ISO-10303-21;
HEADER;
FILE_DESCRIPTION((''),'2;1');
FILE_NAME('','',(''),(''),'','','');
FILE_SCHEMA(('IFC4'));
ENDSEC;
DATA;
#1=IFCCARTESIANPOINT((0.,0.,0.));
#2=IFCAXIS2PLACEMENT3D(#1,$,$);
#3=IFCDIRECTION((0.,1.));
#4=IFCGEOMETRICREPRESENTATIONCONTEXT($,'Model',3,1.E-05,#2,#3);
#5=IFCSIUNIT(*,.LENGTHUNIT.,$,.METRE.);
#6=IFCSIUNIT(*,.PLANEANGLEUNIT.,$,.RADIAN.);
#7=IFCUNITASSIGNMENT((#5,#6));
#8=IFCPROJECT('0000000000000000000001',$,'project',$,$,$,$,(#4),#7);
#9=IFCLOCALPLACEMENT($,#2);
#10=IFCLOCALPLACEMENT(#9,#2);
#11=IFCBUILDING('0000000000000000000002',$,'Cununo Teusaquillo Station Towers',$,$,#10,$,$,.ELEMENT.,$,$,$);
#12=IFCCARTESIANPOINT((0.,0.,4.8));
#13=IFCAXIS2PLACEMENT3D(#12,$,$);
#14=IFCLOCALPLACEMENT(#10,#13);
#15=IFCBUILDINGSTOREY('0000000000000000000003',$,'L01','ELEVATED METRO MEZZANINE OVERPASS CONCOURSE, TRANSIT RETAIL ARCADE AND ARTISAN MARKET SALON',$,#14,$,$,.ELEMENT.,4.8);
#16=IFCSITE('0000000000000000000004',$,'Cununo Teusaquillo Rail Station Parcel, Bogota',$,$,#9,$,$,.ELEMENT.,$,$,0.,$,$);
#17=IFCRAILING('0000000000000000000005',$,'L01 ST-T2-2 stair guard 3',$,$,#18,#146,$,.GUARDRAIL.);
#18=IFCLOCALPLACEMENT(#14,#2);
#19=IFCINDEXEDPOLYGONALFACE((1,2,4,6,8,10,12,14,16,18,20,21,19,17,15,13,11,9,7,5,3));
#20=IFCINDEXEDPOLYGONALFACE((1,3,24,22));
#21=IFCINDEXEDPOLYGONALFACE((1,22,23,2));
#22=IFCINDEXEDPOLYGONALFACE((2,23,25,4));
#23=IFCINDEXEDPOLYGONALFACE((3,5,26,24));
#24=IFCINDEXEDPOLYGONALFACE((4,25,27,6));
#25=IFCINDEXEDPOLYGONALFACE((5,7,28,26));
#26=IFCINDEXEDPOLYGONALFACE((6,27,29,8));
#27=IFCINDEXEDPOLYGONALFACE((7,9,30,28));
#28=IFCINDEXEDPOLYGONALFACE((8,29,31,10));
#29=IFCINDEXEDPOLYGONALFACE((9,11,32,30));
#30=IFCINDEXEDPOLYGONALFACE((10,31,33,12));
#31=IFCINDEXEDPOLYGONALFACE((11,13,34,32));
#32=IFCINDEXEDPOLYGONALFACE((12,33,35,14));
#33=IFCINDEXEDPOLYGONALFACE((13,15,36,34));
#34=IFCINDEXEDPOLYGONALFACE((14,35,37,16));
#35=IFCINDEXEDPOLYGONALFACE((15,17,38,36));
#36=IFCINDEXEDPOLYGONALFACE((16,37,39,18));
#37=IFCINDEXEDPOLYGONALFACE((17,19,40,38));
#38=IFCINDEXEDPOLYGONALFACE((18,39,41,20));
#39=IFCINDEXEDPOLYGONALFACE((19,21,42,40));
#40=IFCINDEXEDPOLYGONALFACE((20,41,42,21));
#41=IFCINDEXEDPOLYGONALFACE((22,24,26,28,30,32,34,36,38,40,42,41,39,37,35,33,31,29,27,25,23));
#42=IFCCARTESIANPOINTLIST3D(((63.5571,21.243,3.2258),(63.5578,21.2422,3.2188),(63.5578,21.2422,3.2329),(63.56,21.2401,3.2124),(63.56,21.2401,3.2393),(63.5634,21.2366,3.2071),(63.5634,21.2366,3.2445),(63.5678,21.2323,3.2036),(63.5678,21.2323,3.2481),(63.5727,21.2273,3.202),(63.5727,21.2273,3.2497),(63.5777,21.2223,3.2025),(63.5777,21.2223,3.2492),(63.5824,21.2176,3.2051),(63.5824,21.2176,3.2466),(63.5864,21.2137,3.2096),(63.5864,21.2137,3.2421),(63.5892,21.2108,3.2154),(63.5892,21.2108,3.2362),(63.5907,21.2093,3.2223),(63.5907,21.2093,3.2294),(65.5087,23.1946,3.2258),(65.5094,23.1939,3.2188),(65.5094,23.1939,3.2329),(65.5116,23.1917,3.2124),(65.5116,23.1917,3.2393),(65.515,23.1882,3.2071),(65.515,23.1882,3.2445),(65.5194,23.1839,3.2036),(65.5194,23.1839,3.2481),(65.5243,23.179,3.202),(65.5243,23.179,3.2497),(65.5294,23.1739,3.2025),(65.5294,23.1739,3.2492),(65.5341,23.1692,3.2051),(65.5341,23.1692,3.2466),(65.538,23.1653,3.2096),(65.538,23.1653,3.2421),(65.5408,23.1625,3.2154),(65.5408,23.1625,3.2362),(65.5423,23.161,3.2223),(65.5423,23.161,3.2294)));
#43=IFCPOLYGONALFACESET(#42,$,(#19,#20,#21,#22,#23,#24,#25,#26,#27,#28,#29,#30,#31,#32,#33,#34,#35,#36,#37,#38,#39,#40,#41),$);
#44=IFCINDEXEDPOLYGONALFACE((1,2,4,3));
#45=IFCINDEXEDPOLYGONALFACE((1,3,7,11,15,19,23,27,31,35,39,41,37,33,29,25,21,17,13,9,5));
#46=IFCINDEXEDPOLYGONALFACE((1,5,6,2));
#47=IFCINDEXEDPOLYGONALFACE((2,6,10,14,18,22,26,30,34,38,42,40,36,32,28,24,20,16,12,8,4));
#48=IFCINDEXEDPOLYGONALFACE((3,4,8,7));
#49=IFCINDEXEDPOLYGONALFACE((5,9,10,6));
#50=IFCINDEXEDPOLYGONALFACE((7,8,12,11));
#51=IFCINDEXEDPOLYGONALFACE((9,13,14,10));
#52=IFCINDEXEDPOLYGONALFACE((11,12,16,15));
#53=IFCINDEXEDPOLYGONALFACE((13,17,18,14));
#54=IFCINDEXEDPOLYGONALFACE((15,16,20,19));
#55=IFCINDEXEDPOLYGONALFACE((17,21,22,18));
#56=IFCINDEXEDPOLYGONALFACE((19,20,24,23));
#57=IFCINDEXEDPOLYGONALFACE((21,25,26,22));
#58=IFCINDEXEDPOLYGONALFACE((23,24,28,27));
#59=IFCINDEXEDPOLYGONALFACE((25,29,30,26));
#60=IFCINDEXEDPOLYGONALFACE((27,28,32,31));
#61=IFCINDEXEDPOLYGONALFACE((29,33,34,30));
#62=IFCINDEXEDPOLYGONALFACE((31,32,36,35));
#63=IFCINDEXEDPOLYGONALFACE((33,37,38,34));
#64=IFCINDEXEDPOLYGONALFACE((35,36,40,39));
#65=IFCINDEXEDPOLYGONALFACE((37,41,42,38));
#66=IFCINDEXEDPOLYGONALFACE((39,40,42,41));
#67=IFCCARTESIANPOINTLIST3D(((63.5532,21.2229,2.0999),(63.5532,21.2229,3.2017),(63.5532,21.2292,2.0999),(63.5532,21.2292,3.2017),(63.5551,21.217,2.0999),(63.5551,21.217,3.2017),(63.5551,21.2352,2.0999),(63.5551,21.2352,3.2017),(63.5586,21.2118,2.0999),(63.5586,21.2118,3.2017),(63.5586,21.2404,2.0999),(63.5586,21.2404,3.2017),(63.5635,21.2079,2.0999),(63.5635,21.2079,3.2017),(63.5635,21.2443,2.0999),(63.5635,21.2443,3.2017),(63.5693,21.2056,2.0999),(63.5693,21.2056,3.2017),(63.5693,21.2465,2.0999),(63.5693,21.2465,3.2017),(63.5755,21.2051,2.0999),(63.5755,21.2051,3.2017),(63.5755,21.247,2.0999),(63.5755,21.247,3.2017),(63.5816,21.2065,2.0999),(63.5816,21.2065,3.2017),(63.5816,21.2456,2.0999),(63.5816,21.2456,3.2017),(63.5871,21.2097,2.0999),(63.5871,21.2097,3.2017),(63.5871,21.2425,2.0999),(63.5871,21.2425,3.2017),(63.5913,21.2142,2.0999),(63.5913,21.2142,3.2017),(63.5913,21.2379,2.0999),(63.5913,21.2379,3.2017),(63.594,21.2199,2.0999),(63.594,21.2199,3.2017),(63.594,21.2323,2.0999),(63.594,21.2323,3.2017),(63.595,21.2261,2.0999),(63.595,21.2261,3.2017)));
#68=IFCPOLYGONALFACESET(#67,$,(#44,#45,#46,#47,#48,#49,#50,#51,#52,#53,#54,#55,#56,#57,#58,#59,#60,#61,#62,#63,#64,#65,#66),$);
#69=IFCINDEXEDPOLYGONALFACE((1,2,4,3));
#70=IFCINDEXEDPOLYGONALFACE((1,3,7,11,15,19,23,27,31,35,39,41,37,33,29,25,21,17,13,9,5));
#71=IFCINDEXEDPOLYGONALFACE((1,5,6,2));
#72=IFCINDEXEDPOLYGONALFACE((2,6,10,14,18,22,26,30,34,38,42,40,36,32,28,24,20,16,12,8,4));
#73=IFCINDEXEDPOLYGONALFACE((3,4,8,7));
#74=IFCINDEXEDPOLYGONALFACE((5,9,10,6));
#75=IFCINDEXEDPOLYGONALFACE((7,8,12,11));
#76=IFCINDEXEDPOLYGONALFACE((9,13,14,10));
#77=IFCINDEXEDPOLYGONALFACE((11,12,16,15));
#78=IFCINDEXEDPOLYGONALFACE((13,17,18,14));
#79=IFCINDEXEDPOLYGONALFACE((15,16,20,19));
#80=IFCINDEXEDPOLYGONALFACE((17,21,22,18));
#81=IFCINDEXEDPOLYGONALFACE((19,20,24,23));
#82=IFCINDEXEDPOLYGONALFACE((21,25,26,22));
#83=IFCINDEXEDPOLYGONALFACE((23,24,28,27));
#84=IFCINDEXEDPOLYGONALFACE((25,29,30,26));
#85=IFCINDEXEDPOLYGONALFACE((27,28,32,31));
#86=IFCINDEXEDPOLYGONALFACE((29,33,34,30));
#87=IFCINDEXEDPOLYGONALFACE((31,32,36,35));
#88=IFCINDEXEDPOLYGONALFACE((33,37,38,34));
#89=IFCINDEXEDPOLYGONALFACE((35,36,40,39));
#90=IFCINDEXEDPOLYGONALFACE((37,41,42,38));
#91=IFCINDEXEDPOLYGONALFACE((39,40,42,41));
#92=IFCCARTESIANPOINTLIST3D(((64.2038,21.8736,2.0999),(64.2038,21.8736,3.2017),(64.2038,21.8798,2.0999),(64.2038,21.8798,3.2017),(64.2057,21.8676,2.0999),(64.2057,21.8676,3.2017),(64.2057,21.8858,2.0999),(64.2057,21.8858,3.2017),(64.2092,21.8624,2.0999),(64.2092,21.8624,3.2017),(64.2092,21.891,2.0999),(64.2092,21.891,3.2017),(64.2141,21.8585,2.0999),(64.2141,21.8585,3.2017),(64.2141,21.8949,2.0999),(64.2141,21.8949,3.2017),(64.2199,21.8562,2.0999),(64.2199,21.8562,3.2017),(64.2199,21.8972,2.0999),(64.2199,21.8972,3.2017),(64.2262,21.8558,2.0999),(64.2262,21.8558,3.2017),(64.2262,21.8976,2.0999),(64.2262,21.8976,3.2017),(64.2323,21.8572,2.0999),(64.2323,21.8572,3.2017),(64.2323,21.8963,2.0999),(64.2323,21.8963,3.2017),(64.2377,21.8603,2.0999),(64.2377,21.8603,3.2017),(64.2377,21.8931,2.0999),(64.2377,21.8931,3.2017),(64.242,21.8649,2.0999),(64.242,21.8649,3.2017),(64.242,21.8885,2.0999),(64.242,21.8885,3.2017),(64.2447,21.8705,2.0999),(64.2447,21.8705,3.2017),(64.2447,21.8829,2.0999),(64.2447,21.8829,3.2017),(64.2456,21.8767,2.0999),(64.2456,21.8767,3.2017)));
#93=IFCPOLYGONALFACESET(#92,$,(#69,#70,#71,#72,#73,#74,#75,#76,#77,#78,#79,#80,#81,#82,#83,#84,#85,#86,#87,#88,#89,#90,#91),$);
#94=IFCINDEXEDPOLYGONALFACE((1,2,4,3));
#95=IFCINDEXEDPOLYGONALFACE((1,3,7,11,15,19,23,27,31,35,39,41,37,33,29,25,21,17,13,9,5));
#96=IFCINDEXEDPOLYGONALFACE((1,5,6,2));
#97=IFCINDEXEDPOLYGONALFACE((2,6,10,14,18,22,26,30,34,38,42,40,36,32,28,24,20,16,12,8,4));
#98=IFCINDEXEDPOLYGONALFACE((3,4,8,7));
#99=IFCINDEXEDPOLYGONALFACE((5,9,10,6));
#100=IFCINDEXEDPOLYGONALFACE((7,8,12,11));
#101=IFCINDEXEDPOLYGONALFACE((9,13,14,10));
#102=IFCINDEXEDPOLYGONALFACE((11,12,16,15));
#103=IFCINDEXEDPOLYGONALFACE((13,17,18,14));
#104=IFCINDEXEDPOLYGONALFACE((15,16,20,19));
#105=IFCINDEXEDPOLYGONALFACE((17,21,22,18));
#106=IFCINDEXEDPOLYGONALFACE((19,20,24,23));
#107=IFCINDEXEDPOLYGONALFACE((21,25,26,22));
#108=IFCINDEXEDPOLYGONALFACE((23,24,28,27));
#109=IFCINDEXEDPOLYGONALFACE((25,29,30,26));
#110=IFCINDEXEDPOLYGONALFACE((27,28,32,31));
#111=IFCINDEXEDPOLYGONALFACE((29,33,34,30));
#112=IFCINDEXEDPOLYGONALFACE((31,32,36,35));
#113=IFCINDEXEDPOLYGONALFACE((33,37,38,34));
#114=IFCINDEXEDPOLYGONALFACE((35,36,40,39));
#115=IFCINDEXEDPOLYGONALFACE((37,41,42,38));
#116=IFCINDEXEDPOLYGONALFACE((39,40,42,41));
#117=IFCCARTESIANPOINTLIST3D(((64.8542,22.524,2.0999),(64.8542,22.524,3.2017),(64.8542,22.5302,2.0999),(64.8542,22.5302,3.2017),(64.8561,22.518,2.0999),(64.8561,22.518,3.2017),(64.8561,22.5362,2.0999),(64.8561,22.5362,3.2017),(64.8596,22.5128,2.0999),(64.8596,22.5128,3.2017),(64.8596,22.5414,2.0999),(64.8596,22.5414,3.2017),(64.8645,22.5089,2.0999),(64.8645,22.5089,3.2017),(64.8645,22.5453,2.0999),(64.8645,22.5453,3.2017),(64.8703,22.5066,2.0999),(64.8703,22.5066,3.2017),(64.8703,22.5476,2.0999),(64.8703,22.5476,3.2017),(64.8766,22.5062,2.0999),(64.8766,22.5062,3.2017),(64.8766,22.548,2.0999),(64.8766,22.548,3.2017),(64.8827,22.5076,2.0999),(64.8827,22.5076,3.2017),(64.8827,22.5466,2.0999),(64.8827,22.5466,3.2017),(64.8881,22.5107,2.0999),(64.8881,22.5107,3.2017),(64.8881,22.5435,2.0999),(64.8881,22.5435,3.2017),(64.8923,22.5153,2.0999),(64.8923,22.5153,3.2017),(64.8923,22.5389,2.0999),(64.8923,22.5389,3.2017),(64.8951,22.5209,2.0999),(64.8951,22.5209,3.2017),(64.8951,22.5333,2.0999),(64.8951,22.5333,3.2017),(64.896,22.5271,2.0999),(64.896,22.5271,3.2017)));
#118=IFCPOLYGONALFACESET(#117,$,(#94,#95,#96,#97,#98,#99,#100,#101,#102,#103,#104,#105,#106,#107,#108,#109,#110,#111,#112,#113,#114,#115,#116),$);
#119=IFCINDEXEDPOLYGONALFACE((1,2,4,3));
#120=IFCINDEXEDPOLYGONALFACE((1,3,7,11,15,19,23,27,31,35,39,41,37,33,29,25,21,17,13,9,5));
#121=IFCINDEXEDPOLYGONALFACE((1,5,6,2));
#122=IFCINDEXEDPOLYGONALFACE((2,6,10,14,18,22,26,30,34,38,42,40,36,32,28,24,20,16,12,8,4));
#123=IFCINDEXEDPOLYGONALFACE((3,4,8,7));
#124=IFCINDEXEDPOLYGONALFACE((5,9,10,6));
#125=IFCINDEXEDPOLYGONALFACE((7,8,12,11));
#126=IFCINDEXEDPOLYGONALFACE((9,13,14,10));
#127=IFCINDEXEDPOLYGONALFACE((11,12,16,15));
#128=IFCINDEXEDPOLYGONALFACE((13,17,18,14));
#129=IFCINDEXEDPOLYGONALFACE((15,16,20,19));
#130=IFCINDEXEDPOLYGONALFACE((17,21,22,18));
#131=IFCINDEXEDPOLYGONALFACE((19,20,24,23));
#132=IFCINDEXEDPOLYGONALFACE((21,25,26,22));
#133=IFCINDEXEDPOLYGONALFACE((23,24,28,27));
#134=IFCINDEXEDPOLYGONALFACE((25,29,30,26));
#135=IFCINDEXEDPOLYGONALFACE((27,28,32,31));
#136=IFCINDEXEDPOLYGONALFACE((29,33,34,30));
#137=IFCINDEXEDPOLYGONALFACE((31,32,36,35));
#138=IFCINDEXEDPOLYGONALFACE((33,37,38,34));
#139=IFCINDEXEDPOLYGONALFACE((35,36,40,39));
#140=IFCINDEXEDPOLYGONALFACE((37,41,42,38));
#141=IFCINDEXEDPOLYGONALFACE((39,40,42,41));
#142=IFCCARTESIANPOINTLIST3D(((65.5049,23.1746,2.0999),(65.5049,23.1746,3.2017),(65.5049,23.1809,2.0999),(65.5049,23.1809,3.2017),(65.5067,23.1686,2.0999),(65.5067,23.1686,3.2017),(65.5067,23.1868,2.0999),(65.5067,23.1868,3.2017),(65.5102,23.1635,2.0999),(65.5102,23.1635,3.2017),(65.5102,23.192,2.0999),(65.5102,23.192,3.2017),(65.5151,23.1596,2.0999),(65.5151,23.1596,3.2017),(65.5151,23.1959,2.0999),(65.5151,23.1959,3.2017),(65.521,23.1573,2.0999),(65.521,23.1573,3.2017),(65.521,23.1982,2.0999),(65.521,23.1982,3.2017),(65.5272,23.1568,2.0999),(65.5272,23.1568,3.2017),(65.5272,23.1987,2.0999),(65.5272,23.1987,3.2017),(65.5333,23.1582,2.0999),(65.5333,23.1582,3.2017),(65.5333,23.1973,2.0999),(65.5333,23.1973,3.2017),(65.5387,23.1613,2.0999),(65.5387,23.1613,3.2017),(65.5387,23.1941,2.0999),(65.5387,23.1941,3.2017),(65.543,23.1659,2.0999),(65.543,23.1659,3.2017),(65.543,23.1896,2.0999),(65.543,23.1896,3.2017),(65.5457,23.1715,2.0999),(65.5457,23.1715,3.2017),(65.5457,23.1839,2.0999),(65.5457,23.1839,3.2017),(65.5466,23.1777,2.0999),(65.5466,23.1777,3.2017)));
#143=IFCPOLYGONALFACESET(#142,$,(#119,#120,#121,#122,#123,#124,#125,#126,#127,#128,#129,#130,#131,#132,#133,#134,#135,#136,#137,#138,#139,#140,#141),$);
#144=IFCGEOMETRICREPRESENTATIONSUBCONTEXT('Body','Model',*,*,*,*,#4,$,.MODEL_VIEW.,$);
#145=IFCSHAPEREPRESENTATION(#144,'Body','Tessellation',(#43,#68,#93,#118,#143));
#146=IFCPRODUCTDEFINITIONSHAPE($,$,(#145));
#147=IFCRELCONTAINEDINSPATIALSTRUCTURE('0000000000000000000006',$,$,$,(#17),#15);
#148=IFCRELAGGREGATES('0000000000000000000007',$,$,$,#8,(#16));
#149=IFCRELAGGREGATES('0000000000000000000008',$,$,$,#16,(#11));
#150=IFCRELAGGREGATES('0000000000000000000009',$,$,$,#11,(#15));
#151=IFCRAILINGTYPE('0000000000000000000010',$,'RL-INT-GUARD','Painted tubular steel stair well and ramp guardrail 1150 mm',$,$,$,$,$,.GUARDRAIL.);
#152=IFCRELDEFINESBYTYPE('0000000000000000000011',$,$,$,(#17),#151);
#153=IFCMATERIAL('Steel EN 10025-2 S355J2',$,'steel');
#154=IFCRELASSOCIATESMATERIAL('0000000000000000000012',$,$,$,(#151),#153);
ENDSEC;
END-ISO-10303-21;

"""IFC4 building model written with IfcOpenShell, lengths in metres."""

from ifc_helpers import new_model, si_unit, direction, frame, origin, origin_2d, place, context, subcontext, project, spatial, circle, extrude, material, type_object, element, save


model = new_model("IFC4")

# Units and contexts
model_context = context("Model", 3, precision=1e-05, world=origin(), true_north=direction((0.0, 1.0)))
body_context = subcontext(model_context, "Body", "Model", "MODEL_VIEW")
ifc_project = project(units=[si_unit("LENGTHUNIT", "METRE"), si_unit("PLANEANGLEUNIT", "RADIAN")], contexts=[model_context])

# Site, building, storey
site_placement = place(None, origin())
site = spatial("IfcSite", under=ifc_project, at=site_placement, Name="Cununo Teusaquillo Rail Station Parcel, Bogota", CompositionType="ELEMENT", RefElevation=0.0)
building_placement = place(site_placement, origin())
building = spatial("IfcBuilding", under=site, at=building_placement, Name="Cununo Teusaquillo Station Towers", CompositionType="ELEMENT")
storey_placement = place(building_placement, frame((0.0, 0.0, 4.8)))
storey = spatial("IfcBuildingStorey", under=building, at=storey_placement, Name="L01", Description="ELEVATED METRO MEZZANINE OVERPASS CONCOURSE, TRANSIT RETAIL ARCADE AND ARTISAN MARKET SALON", CompositionType="ELEMENT", Elevation=4.8)

# Railing
ifc_material_1 = material(Name="Steel EN 10025-2 S355J2", Category="steel")
railing_type = type_object("IfcRailingType", Name="RL-INT-GUARD", Description="Painted tubular steel stair well and ramp guardrail 1150 mm", PredefinedType="GUARDRAIL", material=ifc_material_1)
railing_1_placement = place(storey_placement, frame((63.574, 21.2261, 2.0999)))
element("IfcRailing", 1, at=railing_1_placement, inside=storey, type_object=railing_type, Name="L01 ST-T2-2 stair guard 3", PredefinedType="GUARDRAIL", context=body_context, shape_type="SweptSolid", body=[
    extrude(circle(Radius=0.0239, at=origin_2d()), frame((0.0, 0.0, 1.126), z_axis=(0.707107, 0.707107, 0.0), x_axis=(-0.707107, 0.707107, 0.0)), (0.0, 0.0, 1.0), 2.76),
    extrude(circle(Radius=0.021, at=origin_2d()), origin(), (0.0, 0.0, 1.0), 1.1018),
    extrude(circle(Radius=0.021, at=origin_2d()), frame((0.6506, 0.6506, 0.0)), (0.0, 0.0, 1.0), 1.1018),
    extrude(circle(Radius=0.021, at=origin_2d()), frame((1.301, 1.301, 0.0)), (0.0, 0.0, 1.0), 1.1018),
    extrude(circle(Radius=0.021, at=origin_2d()), frame((1.9517, 1.9517, 0.0)), (0.0, 0.0, 1.0), 1.1018),
])

save(model, "model.ifc")
